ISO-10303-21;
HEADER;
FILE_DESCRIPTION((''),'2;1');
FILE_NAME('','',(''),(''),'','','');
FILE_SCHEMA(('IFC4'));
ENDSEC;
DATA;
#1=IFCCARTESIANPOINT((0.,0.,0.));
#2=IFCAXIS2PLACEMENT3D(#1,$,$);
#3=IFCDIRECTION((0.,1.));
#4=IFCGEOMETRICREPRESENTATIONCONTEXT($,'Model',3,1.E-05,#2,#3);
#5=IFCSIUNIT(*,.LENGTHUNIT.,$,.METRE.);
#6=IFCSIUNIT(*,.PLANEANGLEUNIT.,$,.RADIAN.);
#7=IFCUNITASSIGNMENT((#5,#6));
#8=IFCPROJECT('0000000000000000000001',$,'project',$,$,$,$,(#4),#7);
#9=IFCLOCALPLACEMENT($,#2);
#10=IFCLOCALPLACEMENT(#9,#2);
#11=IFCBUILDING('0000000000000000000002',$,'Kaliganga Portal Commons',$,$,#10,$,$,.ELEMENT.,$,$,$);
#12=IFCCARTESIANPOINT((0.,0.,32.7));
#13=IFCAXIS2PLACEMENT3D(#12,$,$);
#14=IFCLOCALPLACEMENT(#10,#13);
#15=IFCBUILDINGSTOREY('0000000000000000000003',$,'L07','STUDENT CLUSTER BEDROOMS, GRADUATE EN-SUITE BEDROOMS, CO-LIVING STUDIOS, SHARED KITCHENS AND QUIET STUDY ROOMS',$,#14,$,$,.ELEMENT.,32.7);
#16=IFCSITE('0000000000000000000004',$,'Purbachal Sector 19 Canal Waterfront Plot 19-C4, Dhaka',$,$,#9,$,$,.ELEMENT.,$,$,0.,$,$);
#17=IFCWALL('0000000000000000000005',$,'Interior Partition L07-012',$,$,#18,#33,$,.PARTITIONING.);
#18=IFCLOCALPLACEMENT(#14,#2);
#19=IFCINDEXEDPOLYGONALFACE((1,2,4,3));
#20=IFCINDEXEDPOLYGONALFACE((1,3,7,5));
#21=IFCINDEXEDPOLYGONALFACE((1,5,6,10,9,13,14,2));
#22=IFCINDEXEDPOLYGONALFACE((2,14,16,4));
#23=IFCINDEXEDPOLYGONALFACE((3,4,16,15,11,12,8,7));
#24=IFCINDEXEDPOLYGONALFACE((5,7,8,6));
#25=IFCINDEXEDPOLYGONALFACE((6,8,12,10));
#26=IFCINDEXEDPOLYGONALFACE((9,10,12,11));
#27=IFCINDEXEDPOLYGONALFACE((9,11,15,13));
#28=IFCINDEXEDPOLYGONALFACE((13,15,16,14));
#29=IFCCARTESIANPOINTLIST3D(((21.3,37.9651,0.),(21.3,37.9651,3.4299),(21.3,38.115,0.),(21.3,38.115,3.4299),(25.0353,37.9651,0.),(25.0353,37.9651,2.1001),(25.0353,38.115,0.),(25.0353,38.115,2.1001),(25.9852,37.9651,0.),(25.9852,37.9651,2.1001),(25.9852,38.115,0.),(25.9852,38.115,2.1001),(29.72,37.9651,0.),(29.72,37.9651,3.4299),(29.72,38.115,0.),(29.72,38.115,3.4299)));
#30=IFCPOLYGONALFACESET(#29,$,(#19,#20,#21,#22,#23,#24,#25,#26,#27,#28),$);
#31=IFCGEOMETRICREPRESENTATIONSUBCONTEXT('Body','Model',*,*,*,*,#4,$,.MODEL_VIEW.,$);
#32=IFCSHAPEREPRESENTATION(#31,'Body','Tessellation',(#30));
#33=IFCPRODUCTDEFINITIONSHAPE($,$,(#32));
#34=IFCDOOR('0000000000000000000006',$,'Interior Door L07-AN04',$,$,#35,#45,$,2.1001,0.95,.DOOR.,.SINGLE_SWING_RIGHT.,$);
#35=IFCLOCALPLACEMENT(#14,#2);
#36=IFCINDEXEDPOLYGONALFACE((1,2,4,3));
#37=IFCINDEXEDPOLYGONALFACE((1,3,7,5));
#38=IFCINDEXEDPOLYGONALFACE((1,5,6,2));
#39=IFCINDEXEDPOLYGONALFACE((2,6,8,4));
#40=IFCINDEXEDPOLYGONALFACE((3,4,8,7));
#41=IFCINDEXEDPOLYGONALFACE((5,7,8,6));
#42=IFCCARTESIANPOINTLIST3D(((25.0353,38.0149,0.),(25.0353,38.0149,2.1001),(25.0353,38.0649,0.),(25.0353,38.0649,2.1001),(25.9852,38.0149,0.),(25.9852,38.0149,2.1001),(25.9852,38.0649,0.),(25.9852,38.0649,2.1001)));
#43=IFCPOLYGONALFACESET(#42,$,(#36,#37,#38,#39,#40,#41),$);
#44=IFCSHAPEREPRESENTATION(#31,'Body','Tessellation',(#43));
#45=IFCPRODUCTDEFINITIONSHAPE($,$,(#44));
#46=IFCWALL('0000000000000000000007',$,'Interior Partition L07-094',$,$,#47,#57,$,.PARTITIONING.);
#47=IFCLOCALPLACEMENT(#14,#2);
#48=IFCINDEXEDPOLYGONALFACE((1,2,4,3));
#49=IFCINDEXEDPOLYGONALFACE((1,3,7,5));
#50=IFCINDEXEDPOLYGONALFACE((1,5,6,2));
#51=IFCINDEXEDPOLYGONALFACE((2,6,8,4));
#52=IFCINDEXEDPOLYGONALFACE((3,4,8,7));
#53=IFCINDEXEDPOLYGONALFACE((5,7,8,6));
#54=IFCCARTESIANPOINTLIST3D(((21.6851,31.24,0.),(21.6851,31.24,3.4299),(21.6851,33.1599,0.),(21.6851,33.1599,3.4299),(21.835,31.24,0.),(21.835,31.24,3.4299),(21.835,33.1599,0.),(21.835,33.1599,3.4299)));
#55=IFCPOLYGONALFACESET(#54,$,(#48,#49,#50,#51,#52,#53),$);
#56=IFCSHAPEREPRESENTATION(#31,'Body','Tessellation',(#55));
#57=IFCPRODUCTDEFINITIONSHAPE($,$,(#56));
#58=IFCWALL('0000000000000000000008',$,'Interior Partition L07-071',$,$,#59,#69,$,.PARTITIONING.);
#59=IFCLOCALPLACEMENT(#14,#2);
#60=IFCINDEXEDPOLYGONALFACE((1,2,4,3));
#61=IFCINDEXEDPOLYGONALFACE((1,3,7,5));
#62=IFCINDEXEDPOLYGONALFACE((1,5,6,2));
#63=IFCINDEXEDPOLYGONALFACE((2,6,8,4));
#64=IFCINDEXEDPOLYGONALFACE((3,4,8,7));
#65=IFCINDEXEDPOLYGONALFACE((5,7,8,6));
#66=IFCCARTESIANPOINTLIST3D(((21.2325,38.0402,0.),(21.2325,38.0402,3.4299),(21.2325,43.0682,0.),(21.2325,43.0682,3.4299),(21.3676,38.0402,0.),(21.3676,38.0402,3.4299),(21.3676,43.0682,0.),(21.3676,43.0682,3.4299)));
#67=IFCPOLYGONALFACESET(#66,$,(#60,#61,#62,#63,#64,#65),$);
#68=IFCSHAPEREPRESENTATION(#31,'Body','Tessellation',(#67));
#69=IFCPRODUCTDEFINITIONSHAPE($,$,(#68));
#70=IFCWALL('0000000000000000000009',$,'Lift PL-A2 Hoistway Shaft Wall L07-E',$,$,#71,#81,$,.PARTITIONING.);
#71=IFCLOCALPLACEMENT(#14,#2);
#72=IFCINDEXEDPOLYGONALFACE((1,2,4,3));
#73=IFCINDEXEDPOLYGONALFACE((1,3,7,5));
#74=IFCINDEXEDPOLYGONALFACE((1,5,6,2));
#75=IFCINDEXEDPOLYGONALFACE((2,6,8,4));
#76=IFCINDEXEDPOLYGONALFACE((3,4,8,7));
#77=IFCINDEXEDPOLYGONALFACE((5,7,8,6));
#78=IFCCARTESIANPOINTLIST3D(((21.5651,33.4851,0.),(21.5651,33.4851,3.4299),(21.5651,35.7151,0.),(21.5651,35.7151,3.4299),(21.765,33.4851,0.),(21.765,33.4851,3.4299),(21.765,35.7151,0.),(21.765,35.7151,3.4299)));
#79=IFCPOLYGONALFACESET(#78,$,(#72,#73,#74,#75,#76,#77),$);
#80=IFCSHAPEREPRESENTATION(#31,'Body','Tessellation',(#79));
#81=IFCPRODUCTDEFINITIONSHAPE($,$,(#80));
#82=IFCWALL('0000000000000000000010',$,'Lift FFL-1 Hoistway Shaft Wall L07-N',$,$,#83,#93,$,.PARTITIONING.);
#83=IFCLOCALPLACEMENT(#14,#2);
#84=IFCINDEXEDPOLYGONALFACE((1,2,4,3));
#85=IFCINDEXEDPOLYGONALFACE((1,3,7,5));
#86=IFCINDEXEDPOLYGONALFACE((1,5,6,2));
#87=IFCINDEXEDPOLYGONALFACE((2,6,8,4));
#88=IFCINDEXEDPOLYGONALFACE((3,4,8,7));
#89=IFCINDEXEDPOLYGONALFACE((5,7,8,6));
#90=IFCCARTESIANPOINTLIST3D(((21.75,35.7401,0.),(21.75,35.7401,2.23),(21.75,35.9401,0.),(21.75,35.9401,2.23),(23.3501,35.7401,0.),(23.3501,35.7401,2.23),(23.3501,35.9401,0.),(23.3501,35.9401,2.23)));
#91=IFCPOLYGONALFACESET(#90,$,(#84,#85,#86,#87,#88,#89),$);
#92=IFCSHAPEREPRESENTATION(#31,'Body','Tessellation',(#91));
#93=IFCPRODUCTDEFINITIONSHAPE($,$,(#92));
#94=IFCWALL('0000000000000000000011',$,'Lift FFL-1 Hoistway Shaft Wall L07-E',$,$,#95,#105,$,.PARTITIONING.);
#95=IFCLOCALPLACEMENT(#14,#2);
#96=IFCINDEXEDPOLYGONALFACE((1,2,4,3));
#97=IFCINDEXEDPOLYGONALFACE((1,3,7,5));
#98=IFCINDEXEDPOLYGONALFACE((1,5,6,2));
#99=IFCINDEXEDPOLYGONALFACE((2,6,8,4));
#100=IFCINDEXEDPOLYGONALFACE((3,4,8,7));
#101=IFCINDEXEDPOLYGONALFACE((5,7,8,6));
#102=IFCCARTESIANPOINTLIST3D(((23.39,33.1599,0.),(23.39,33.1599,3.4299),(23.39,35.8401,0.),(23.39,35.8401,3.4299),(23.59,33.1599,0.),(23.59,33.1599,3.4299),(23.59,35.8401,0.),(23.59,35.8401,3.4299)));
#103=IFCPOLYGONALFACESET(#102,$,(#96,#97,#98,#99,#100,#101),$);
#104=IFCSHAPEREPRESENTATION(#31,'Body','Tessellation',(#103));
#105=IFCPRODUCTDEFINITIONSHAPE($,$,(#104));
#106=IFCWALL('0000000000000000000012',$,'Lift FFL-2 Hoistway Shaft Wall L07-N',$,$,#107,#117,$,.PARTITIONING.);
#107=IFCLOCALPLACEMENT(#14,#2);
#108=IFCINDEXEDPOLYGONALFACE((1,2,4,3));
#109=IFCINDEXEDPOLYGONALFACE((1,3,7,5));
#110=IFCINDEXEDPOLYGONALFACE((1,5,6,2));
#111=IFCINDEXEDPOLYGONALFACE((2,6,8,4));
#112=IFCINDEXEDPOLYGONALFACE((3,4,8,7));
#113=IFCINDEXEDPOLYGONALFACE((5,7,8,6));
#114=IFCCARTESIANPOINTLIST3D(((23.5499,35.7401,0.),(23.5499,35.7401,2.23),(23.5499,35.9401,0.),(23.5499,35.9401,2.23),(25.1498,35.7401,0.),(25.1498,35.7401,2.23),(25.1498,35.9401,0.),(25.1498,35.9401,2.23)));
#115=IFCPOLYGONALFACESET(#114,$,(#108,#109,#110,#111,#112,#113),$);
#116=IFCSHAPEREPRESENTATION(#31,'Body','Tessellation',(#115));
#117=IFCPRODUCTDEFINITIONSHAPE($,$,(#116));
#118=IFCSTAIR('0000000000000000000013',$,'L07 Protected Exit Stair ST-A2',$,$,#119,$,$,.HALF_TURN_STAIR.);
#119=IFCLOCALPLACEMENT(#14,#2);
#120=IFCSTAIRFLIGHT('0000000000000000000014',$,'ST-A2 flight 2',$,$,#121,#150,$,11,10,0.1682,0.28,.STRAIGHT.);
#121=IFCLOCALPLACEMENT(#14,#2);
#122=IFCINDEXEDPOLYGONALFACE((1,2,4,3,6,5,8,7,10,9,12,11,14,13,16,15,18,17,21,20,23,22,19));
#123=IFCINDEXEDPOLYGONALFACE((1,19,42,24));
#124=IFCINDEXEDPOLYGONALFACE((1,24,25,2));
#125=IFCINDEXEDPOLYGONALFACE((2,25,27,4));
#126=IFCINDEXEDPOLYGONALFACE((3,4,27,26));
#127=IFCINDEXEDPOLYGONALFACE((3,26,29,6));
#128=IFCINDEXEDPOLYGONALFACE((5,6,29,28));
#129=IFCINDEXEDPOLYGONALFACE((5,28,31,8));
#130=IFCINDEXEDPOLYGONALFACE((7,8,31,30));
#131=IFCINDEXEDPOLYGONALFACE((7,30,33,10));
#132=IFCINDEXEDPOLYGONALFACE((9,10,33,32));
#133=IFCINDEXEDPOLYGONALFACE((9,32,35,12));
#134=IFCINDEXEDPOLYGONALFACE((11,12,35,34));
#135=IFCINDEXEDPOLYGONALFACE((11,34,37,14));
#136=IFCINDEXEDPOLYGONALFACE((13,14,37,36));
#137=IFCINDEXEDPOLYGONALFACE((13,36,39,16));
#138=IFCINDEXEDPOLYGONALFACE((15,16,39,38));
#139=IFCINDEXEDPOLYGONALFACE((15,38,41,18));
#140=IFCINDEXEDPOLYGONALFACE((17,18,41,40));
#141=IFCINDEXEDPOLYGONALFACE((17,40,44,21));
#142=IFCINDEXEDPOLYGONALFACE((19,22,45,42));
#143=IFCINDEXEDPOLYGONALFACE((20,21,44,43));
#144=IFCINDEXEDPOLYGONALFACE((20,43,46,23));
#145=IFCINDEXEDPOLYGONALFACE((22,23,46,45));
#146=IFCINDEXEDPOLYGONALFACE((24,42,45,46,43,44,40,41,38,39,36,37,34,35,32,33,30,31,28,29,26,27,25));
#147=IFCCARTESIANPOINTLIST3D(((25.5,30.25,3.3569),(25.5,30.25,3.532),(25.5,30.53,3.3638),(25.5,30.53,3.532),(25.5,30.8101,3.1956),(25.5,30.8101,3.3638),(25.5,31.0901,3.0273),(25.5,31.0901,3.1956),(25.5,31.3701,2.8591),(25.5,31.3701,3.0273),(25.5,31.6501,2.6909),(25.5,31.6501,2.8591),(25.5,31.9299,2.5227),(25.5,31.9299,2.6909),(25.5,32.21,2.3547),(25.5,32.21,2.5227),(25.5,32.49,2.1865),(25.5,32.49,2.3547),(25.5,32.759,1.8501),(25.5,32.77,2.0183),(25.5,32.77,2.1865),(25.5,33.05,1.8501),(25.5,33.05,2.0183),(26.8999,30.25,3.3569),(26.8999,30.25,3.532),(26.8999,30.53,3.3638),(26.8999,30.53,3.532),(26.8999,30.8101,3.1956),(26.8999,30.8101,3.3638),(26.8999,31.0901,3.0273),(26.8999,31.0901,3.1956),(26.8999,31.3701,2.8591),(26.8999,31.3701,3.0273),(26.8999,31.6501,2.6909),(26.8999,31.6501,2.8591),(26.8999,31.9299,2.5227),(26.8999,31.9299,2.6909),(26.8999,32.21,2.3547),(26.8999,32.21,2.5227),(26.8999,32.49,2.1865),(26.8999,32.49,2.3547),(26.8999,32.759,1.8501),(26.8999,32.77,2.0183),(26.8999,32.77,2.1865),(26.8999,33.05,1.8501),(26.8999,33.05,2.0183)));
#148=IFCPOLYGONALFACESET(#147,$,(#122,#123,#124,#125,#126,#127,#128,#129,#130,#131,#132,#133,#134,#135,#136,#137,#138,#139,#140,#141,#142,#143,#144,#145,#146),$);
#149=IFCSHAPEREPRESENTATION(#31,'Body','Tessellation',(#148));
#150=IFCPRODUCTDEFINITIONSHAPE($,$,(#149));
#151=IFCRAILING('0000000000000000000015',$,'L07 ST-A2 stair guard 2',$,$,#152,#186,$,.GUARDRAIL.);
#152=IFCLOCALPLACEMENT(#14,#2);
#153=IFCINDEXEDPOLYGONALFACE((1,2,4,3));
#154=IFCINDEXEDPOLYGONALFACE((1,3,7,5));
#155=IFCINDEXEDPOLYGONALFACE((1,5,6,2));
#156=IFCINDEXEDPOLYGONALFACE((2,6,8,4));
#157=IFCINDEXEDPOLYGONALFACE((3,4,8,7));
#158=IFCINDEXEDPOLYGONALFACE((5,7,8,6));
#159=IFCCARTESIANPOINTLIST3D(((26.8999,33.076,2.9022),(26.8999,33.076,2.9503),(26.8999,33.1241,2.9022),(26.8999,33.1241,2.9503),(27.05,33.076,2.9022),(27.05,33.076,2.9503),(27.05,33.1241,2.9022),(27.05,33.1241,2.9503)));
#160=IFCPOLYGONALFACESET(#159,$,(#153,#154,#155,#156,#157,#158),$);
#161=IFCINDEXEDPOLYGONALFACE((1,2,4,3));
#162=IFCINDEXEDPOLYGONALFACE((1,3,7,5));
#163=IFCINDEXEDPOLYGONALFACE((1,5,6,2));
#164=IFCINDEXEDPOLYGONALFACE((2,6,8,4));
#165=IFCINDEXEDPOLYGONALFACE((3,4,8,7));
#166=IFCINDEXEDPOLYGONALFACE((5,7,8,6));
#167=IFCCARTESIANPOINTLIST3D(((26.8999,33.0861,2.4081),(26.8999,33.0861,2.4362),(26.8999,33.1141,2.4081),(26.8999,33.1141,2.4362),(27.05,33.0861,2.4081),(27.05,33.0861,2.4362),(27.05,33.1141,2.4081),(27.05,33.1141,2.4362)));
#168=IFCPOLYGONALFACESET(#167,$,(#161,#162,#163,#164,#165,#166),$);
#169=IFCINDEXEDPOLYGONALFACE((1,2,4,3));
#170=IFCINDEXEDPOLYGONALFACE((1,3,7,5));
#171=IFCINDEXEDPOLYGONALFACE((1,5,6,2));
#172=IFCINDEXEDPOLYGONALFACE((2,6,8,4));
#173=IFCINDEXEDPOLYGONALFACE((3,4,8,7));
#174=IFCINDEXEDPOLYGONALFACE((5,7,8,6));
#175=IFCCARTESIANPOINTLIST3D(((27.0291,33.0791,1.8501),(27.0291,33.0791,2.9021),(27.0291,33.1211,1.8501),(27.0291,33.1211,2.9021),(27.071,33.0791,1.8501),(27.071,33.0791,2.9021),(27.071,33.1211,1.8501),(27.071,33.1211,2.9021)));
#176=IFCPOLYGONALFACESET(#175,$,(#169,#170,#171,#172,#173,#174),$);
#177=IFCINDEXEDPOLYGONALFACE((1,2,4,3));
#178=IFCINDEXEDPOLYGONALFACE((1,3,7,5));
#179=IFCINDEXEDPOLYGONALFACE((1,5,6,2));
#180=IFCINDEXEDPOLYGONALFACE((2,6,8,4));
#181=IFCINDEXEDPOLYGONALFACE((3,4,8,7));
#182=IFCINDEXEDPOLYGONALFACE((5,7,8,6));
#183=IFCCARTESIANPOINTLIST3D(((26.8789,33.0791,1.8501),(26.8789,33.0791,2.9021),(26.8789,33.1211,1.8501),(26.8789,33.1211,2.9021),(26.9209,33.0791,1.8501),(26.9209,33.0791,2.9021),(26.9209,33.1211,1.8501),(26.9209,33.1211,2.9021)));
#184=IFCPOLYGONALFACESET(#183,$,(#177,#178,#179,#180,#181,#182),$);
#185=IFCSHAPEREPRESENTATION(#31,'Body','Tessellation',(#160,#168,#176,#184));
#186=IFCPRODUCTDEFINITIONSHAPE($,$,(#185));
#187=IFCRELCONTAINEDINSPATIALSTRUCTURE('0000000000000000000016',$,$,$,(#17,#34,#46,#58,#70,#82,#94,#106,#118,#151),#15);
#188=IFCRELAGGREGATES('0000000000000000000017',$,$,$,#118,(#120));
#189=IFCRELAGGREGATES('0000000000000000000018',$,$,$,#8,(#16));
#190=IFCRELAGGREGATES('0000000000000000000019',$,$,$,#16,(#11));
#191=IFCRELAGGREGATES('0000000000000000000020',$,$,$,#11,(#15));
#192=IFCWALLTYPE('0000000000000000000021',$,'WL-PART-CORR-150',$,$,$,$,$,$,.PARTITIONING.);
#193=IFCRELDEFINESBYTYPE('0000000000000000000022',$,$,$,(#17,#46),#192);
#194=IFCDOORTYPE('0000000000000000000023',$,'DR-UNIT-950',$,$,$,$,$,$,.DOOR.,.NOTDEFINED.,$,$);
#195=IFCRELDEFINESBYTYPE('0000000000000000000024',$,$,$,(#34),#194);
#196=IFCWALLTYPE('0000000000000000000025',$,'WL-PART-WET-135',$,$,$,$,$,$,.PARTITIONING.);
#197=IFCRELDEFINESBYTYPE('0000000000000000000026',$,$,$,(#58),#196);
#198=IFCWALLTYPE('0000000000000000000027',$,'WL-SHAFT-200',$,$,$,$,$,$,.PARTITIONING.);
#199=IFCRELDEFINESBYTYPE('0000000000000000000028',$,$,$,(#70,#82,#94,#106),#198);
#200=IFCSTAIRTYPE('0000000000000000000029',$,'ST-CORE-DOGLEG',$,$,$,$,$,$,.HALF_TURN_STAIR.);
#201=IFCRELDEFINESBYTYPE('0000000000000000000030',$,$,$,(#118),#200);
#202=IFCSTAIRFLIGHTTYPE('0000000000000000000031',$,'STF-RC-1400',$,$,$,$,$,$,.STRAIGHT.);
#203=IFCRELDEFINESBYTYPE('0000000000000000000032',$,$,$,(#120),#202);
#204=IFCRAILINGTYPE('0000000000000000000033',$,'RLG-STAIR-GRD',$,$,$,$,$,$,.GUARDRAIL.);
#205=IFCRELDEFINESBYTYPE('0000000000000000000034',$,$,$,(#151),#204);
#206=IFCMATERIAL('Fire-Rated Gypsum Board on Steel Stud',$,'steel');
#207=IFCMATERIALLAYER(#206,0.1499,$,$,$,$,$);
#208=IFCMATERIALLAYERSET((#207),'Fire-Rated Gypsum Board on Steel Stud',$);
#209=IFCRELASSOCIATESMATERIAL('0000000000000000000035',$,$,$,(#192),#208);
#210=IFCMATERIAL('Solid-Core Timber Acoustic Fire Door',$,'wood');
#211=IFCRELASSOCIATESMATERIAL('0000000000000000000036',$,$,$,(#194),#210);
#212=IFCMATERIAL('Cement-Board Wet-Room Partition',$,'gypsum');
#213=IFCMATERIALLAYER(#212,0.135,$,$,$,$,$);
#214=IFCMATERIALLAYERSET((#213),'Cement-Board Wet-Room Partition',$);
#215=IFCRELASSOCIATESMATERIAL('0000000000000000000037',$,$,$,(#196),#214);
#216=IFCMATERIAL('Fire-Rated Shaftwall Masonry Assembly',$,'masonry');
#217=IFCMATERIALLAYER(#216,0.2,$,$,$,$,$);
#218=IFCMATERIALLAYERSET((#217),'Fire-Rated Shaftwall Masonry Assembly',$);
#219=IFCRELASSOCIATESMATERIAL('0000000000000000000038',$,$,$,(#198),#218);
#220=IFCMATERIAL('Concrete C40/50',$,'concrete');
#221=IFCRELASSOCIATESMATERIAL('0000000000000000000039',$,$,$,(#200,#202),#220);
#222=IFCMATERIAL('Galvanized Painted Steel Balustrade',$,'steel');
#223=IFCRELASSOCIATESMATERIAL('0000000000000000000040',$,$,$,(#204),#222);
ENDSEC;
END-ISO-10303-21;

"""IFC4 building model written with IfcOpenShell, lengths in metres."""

from ifc_helpers import new_model, si_unit, direction, frame, frame_2d, origin, origin_2d, place, context, subcontext, project, spatial, polyline, rectangle, outline, extrude, material, layer, layer_set, type_object, element, fill, aggregate, save


model = new_model("IFC4")

# Units and contexts
model_context = context("Model", 3, precision=1e-05, world=origin(), true_north=direction((0.0, 1.0)))
body_context = subcontext(model_context, "Body", "Model", "MODEL_VIEW")
ifc_project = project(units=[si_unit("LENGTHUNIT", "METRE"), si_unit("PLANEANGLEUNIT", "RADIAN")], contexts=[model_context])

# Site, building, storey
site_placement = place(None, origin())
site = spatial("IfcSite", under=ifc_project, at=site_placement, Name="Purbachal Sector 19 Canal Waterfront Plot 19-C4, Dhaka", CompositionType="ELEMENT", RefElevation=0.0)
building_placement = place(site_placement, origin())
building = spatial("IfcBuilding", under=site, at=building_placement, Name="Kaliganga Portal Commons", CompositionType="ELEMENT")
storey_placement = place(building_placement, frame((0.0, 0.0, 32.7)))
storey = spatial("IfcBuildingStorey", under=building, at=storey_placement, Name="L07", Description="STUDENT CLUSTER BEDROOMS, GRADUATE EN-SUITE BEDROOMS, CO-LIVING STUDIOS, SHARED KITCHENS AND QUIET STUDY ROOMS", CompositionType="ELEMENT", Elevation=32.7)

# Wall, opening, door
ifc_material_1 = material(Name="Fire-Rated Gypsum Board on Steel Stud", Category="steel")
ifc_layer_1 = layer(ifc_material_1, 0.1499)
ifc_layer_set_1 = layer_set([ifc_layer_1], Name="Fire-Rated Gypsum Board on Steel Stud")
wall_type_1 = type_object("IfcWallType", Name="WL-PART-CORR-150", PredefinedType="PARTITIONING", material=ifc_layer_set_1)
wall_1_placement = place(storey_placement, frame((21.3, 38.04, 0.0), z_axis=(0.0, 0.0, 1.0), x_axis=(1.0, 0.0, 0.0)))
wall_1 = element("IfcWall", 1, at=wall_1_placement, inside=storey, type_object=wall_type_1, Name="Interior Partition L07-012", PredefinedType="PARTITIONING", context=body_context, shape_type="SweptSolid", body=[
    extrude(rectangle(XDim=8.4199, YDim=0.1499, at=frame_2d((4.21, 0.0))), origin(), (0.0, 0.0, 1.0), 3.4299),
])
opening_1_placement = place(wall_1_placement, frame((3.7351, 0.0, 0.0)))
opening_1 = element("IfcOpeningElement", 2, at=opening_1_placement, cuts=wall_1, PredefinedType="OPENING", context=body_context, shape_type="SweptSolid", body=[
    extrude(rectangle(XDim=0.95, YDim=2.1001, at=frame_2d((0.4751, 1.05))), frame((0.0, 0.085, 0.0), z_axis=(0.0, -1.0, 0.0), x_axis=(1.0, 0.0, 0.0)), (0.0, 0.0, 1.0), 0.1699),
])
ifc_material_2 = material(Name="Solid-Core Timber Acoustic Fire Door", Category="wood")
door_type_1 = type_object("IfcDoorType", Name="DR-UNIT-950", OperationType="NOTDEFINED", PredefinedType="DOOR", material=ifc_material_2)
door_1_placement = place(opening_1_placement, origin())
door_1 = element("IfcDoor", 3, at=door_1_placement, inside=storey, type_object=door_type_1, Name="Interior Door L07-AN04", OperationType="SINGLE_SWING_RIGHT", OverallHeight=2.1001, OverallWidth=0.95, PredefinedType="DOOR", context=body_context, shape_type="SweptSolid", body=[
    extrude(rectangle(XDim=0.95, YDim=2.1001, at=frame_2d((0.4751, 1.05))), frame((0.0, 0.0249, 0.0), z_axis=(0.0, -1.0, 0.0), x_axis=(1.0, 0.0, 0.0)), (0.0, 0.0, 1.0), 0.05),
])
fill(opening_1, door_1)

# Walls
wall_2_placement = place(storey_placement, frame((21.76, 31.24, 0.0), z_axis=(0.0, 0.0, 1.0), x_axis=(0.0, 1.0, 0.0)))
element("IfcWall", 4, at=wall_2_placement, inside=storey, type_object=wall_type_1, Name="Interior Partition L07-094", PredefinedType="PARTITIONING", context=body_context, shape_type="SweptSolid", body=[
    extrude(rectangle(XDim=1.9199, YDim=0.1499, at=frame_2d((0.96, 0.0))), origin(), (0.0, 0.0, 1.0), 3.4299),
])
ifc_material_3 = material(Name="Cement-Board Wet-Room Partition", Category="gypsum")
ifc_layer_2 = layer(ifc_material_3, 0.135)
ifc_layer_set_2 = layer_set([ifc_layer_2], Name="Cement-Board Wet-Room Partition")
wall_type_2 = type_object("IfcWallType", Name="WL-PART-WET-135", PredefinedType="PARTITIONING", material=ifc_layer_set_2)
wall_3_placement = place(storey_placement, frame((21.3, 38.04, 0.0), z_axis=(0.0, 0.0, 1.0), x_axis=(0.0, 1.0, 0.0)))
element("IfcWall", 5, at=wall_3_placement, inside=storey, type_object=wall_type_2, Name="Interior Partition L07-071", PredefinedType="PARTITIONING", context=body_context, shape_type="SweptSolid", body=[
    extrude(rectangle(XDim=5.0281, YDim=0.135, at=frame_2d((2.5142, 0.0))), origin(), (0.0, 0.0, 1.0), 3.4299),
])
ifc_material_4 = material(Name="Fire-Rated Shaftwall Masonry Assembly", Category="masonry")
ifc_layer_3 = layer(ifc_material_4, 0.2)
ifc_layer_set_3 = layer_set([ifc_layer_3], Name="Fire-Rated Shaftwall Masonry Assembly")
wall_type_3 = type_object("IfcWallType", Name="WL-SHAFT-200", PredefinedType="PARTITIONING", material=ifc_layer_set_3)
wall_4_placement = place(storey_placement, frame((21.665, 33.4851, 0.0), z_axis=(0.0, 0.0, 1.0), x_axis=(0.0, 1.0, 0.0)))
element("IfcWall", 6, at=wall_4_placement, inside=storey, type_object=wall_type_3, Name="Lift PL-A2 Hoistway Shaft Wall L07-E", PredefinedType="PARTITIONING", context=body_context, shape_type="SweptSolid", body=[
    extrude(rectangle(XDim=2.23, YDim=0.2, at=frame_2d((1.115, 0.0))), origin(), (0.0, 0.0, 1.0), 3.4299),
])

# Walls
wall_5_placement = place(storey_placement, frame((21.75, 35.8401, 0.0), z_axis=(0.0, 0.0, 1.0), x_axis=(1.0, 0.0, 0.0)))
element("IfcWall", 7, at=wall_5_placement, inside=storey, type_object=wall_type_3, Name="Lift FFL-1 Hoistway Shaft Wall L07-N", PredefinedType="PARTITIONING", context=body_context, shape_type="SweptSolid", body=[
    extrude(rectangle(XDim=1.6001, YDim=0.2, at=frame_2d((0.8, 0.0))), origin(), (0.0, 0.0, 1.0), 2.23),
])
wall_6_placement = place(storey_placement, frame((23.49, 33.1599, 0.0), z_axis=(0.0, 0.0, 1.0), x_axis=(0.0, 1.0, 0.0)))
element("IfcWall", 8, at=wall_6_placement, inside=storey, type_object=wall_type_3, Name="Lift FFL-1 Hoistway Shaft Wall L07-E", PredefinedType="PARTITIONING", context=body_context, shape_type="SweptSolid", body=[
    extrude(rectangle(XDim=2.6802, YDim=0.2, at=frame_2d((1.3401, 0.0))), origin(), (0.0, 0.0, 1.0), 3.4299),
])

# Wall
wall_7_placement = place(storey_placement, frame((23.55, 35.8401, 0.0), z_axis=(0.0, 0.0, 1.0), x_axis=(1.0, 0.0, 0.0)))
element("IfcWall", 9, at=wall_7_placement, inside=storey, type_object=wall_type_3, Name="Lift FFL-2 Hoistway Shaft Wall L07-N", PredefinedType="PARTITIONING", context=body_context, shape_type="SweptSolid", body=[
    extrude(rectangle(XDim=1.5999, YDim=0.2, at=frame_2d((0.7998, 0.0))), origin(), (0.0, 0.0, 1.0), 2.23),
])

# Stair, stair flight
ifc_material_5 = material(Name="Concrete C40/50", Category="concrete")
stair_type = type_object("IfcStairType", Name="ST-CORE-DOGLEG", PredefinedType="HALF_TURN_STAIR", material=ifc_material_5)
stair_placement = place(storey_placement, origin())
stair = element("IfcStair", 10, at=stair_placement, inside=storey, type_object=stair_type, Name="L07 Protected Exit Stair ST-A2", PredefinedType="HALF_TURN_STAIR")
stair_flight_type = type_object("IfcStairFlightType", Name="STF-RC-1400", PredefinedType="STRAIGHT", material=ifc_material_5)
stair_flight_placement = place(storey_placement, frame((26.2, 33.05, 1.8501), z_axis=(0.0, 0.0, 1.0), x_axis=(0.0, -1.0, 0.0)))
stair_flight = element("IfcStairFlight", 11, at=stair_flight_placement, type_object=stair_flight_type, Name="ST-A2 flight 2", NumberOfRisers=11, NumberOfTreads=10, PredefinedType="STRAIGHT", RiserHeight=0.1682, TreadLength=0.28, context=body_context, shape_type="SweptSolid", body=[
    extrude(outline(polyline([(0.0, 0.0), (0.0, 0.1682), (0.28, 0.1682), (0.28, 0.3364), (0.5601, 0.3364), (0.5601, 0.5046), (0.8401, 0.5046), (0.8401, 0.6726), (1.1201, 0.6726), (1.1201, 0.8408), (1.3999, 0.8408), (1.3999, 1.009), (1.6799, 1.009), (1.6799, 1.1772), (1.96, 1.1772), (1.96, 1.3455), (2.24, 1.3455), (2.24, 1.5137), (2.52, 1.5137), (2.52, 1.6819), (2.8, 1.6819), (2.8, 1.8501), (2.8, 1.5068), (0.291, 0.0), (0.0, 0.0)])), frame((0.0, 0.7, 0.0), z_axis=(0.0, -1.0, 0.0), x_axis=(1.0, 0.0, 0.0)), (0.0, 0.0, 1.0), 1.3999),
])
aggregate(stair, [stair_flight])

# Railing
ifc_material_6 = material(Name="Galvanized Painted Steel Balustrade", Category="steel")
railing_type_1 = type_object("IfcRailingType", Name="RLG-STAIR-GRD", PredefinedType="GUARDRAIL", material=ifc_material_6)
railing_1_placement = place(storey_placement, frame((27.05, 33.1001, 1.8501)))
element("IfcRailing", 12, at=railing_1_placement, inside=storey, type_object=railing_type_1, Name="L07 ST-A2 stair guard 2", PredefinedType="GUARDRAIL", context=body_context, shape_type="SweptSolid", body=[
    extrude(rectangle(XDim=0.0481, YDim=0.0481, at=origin_2d()), frame((0.0, 0.0, 1.0762), z_axis=(-1.0, 0.0, 0.0), x_axis=(0.0, -1.0, 0.0)), (0.0, 0.0, 1.0), 0.1501),
    extrude(rectangle(XDim=0.0281, YDim=0.0281, at=origin_2d()), frame((0.0, 0.0, 0.572), z_axis=(-1.0, 0.0, 0.0), x_axis=(0.0, -1.0, 0.0)), (0.0, 0.0, 1.0), 0.1501),
    extrude(rectangle(XDim=0.042, YDim=0.042, at=origin_2d()), origin(), (0.0, 0.0, 1.0), 1.052),
    extrude(rectangle(XDim=0.042, YDim=0.042, at=origin_2d()), frame((-0.1501, 0.0, 0.0)), (0.0, 0.0, 1.0), 1.052),
])

save(model, "model.ifc")
